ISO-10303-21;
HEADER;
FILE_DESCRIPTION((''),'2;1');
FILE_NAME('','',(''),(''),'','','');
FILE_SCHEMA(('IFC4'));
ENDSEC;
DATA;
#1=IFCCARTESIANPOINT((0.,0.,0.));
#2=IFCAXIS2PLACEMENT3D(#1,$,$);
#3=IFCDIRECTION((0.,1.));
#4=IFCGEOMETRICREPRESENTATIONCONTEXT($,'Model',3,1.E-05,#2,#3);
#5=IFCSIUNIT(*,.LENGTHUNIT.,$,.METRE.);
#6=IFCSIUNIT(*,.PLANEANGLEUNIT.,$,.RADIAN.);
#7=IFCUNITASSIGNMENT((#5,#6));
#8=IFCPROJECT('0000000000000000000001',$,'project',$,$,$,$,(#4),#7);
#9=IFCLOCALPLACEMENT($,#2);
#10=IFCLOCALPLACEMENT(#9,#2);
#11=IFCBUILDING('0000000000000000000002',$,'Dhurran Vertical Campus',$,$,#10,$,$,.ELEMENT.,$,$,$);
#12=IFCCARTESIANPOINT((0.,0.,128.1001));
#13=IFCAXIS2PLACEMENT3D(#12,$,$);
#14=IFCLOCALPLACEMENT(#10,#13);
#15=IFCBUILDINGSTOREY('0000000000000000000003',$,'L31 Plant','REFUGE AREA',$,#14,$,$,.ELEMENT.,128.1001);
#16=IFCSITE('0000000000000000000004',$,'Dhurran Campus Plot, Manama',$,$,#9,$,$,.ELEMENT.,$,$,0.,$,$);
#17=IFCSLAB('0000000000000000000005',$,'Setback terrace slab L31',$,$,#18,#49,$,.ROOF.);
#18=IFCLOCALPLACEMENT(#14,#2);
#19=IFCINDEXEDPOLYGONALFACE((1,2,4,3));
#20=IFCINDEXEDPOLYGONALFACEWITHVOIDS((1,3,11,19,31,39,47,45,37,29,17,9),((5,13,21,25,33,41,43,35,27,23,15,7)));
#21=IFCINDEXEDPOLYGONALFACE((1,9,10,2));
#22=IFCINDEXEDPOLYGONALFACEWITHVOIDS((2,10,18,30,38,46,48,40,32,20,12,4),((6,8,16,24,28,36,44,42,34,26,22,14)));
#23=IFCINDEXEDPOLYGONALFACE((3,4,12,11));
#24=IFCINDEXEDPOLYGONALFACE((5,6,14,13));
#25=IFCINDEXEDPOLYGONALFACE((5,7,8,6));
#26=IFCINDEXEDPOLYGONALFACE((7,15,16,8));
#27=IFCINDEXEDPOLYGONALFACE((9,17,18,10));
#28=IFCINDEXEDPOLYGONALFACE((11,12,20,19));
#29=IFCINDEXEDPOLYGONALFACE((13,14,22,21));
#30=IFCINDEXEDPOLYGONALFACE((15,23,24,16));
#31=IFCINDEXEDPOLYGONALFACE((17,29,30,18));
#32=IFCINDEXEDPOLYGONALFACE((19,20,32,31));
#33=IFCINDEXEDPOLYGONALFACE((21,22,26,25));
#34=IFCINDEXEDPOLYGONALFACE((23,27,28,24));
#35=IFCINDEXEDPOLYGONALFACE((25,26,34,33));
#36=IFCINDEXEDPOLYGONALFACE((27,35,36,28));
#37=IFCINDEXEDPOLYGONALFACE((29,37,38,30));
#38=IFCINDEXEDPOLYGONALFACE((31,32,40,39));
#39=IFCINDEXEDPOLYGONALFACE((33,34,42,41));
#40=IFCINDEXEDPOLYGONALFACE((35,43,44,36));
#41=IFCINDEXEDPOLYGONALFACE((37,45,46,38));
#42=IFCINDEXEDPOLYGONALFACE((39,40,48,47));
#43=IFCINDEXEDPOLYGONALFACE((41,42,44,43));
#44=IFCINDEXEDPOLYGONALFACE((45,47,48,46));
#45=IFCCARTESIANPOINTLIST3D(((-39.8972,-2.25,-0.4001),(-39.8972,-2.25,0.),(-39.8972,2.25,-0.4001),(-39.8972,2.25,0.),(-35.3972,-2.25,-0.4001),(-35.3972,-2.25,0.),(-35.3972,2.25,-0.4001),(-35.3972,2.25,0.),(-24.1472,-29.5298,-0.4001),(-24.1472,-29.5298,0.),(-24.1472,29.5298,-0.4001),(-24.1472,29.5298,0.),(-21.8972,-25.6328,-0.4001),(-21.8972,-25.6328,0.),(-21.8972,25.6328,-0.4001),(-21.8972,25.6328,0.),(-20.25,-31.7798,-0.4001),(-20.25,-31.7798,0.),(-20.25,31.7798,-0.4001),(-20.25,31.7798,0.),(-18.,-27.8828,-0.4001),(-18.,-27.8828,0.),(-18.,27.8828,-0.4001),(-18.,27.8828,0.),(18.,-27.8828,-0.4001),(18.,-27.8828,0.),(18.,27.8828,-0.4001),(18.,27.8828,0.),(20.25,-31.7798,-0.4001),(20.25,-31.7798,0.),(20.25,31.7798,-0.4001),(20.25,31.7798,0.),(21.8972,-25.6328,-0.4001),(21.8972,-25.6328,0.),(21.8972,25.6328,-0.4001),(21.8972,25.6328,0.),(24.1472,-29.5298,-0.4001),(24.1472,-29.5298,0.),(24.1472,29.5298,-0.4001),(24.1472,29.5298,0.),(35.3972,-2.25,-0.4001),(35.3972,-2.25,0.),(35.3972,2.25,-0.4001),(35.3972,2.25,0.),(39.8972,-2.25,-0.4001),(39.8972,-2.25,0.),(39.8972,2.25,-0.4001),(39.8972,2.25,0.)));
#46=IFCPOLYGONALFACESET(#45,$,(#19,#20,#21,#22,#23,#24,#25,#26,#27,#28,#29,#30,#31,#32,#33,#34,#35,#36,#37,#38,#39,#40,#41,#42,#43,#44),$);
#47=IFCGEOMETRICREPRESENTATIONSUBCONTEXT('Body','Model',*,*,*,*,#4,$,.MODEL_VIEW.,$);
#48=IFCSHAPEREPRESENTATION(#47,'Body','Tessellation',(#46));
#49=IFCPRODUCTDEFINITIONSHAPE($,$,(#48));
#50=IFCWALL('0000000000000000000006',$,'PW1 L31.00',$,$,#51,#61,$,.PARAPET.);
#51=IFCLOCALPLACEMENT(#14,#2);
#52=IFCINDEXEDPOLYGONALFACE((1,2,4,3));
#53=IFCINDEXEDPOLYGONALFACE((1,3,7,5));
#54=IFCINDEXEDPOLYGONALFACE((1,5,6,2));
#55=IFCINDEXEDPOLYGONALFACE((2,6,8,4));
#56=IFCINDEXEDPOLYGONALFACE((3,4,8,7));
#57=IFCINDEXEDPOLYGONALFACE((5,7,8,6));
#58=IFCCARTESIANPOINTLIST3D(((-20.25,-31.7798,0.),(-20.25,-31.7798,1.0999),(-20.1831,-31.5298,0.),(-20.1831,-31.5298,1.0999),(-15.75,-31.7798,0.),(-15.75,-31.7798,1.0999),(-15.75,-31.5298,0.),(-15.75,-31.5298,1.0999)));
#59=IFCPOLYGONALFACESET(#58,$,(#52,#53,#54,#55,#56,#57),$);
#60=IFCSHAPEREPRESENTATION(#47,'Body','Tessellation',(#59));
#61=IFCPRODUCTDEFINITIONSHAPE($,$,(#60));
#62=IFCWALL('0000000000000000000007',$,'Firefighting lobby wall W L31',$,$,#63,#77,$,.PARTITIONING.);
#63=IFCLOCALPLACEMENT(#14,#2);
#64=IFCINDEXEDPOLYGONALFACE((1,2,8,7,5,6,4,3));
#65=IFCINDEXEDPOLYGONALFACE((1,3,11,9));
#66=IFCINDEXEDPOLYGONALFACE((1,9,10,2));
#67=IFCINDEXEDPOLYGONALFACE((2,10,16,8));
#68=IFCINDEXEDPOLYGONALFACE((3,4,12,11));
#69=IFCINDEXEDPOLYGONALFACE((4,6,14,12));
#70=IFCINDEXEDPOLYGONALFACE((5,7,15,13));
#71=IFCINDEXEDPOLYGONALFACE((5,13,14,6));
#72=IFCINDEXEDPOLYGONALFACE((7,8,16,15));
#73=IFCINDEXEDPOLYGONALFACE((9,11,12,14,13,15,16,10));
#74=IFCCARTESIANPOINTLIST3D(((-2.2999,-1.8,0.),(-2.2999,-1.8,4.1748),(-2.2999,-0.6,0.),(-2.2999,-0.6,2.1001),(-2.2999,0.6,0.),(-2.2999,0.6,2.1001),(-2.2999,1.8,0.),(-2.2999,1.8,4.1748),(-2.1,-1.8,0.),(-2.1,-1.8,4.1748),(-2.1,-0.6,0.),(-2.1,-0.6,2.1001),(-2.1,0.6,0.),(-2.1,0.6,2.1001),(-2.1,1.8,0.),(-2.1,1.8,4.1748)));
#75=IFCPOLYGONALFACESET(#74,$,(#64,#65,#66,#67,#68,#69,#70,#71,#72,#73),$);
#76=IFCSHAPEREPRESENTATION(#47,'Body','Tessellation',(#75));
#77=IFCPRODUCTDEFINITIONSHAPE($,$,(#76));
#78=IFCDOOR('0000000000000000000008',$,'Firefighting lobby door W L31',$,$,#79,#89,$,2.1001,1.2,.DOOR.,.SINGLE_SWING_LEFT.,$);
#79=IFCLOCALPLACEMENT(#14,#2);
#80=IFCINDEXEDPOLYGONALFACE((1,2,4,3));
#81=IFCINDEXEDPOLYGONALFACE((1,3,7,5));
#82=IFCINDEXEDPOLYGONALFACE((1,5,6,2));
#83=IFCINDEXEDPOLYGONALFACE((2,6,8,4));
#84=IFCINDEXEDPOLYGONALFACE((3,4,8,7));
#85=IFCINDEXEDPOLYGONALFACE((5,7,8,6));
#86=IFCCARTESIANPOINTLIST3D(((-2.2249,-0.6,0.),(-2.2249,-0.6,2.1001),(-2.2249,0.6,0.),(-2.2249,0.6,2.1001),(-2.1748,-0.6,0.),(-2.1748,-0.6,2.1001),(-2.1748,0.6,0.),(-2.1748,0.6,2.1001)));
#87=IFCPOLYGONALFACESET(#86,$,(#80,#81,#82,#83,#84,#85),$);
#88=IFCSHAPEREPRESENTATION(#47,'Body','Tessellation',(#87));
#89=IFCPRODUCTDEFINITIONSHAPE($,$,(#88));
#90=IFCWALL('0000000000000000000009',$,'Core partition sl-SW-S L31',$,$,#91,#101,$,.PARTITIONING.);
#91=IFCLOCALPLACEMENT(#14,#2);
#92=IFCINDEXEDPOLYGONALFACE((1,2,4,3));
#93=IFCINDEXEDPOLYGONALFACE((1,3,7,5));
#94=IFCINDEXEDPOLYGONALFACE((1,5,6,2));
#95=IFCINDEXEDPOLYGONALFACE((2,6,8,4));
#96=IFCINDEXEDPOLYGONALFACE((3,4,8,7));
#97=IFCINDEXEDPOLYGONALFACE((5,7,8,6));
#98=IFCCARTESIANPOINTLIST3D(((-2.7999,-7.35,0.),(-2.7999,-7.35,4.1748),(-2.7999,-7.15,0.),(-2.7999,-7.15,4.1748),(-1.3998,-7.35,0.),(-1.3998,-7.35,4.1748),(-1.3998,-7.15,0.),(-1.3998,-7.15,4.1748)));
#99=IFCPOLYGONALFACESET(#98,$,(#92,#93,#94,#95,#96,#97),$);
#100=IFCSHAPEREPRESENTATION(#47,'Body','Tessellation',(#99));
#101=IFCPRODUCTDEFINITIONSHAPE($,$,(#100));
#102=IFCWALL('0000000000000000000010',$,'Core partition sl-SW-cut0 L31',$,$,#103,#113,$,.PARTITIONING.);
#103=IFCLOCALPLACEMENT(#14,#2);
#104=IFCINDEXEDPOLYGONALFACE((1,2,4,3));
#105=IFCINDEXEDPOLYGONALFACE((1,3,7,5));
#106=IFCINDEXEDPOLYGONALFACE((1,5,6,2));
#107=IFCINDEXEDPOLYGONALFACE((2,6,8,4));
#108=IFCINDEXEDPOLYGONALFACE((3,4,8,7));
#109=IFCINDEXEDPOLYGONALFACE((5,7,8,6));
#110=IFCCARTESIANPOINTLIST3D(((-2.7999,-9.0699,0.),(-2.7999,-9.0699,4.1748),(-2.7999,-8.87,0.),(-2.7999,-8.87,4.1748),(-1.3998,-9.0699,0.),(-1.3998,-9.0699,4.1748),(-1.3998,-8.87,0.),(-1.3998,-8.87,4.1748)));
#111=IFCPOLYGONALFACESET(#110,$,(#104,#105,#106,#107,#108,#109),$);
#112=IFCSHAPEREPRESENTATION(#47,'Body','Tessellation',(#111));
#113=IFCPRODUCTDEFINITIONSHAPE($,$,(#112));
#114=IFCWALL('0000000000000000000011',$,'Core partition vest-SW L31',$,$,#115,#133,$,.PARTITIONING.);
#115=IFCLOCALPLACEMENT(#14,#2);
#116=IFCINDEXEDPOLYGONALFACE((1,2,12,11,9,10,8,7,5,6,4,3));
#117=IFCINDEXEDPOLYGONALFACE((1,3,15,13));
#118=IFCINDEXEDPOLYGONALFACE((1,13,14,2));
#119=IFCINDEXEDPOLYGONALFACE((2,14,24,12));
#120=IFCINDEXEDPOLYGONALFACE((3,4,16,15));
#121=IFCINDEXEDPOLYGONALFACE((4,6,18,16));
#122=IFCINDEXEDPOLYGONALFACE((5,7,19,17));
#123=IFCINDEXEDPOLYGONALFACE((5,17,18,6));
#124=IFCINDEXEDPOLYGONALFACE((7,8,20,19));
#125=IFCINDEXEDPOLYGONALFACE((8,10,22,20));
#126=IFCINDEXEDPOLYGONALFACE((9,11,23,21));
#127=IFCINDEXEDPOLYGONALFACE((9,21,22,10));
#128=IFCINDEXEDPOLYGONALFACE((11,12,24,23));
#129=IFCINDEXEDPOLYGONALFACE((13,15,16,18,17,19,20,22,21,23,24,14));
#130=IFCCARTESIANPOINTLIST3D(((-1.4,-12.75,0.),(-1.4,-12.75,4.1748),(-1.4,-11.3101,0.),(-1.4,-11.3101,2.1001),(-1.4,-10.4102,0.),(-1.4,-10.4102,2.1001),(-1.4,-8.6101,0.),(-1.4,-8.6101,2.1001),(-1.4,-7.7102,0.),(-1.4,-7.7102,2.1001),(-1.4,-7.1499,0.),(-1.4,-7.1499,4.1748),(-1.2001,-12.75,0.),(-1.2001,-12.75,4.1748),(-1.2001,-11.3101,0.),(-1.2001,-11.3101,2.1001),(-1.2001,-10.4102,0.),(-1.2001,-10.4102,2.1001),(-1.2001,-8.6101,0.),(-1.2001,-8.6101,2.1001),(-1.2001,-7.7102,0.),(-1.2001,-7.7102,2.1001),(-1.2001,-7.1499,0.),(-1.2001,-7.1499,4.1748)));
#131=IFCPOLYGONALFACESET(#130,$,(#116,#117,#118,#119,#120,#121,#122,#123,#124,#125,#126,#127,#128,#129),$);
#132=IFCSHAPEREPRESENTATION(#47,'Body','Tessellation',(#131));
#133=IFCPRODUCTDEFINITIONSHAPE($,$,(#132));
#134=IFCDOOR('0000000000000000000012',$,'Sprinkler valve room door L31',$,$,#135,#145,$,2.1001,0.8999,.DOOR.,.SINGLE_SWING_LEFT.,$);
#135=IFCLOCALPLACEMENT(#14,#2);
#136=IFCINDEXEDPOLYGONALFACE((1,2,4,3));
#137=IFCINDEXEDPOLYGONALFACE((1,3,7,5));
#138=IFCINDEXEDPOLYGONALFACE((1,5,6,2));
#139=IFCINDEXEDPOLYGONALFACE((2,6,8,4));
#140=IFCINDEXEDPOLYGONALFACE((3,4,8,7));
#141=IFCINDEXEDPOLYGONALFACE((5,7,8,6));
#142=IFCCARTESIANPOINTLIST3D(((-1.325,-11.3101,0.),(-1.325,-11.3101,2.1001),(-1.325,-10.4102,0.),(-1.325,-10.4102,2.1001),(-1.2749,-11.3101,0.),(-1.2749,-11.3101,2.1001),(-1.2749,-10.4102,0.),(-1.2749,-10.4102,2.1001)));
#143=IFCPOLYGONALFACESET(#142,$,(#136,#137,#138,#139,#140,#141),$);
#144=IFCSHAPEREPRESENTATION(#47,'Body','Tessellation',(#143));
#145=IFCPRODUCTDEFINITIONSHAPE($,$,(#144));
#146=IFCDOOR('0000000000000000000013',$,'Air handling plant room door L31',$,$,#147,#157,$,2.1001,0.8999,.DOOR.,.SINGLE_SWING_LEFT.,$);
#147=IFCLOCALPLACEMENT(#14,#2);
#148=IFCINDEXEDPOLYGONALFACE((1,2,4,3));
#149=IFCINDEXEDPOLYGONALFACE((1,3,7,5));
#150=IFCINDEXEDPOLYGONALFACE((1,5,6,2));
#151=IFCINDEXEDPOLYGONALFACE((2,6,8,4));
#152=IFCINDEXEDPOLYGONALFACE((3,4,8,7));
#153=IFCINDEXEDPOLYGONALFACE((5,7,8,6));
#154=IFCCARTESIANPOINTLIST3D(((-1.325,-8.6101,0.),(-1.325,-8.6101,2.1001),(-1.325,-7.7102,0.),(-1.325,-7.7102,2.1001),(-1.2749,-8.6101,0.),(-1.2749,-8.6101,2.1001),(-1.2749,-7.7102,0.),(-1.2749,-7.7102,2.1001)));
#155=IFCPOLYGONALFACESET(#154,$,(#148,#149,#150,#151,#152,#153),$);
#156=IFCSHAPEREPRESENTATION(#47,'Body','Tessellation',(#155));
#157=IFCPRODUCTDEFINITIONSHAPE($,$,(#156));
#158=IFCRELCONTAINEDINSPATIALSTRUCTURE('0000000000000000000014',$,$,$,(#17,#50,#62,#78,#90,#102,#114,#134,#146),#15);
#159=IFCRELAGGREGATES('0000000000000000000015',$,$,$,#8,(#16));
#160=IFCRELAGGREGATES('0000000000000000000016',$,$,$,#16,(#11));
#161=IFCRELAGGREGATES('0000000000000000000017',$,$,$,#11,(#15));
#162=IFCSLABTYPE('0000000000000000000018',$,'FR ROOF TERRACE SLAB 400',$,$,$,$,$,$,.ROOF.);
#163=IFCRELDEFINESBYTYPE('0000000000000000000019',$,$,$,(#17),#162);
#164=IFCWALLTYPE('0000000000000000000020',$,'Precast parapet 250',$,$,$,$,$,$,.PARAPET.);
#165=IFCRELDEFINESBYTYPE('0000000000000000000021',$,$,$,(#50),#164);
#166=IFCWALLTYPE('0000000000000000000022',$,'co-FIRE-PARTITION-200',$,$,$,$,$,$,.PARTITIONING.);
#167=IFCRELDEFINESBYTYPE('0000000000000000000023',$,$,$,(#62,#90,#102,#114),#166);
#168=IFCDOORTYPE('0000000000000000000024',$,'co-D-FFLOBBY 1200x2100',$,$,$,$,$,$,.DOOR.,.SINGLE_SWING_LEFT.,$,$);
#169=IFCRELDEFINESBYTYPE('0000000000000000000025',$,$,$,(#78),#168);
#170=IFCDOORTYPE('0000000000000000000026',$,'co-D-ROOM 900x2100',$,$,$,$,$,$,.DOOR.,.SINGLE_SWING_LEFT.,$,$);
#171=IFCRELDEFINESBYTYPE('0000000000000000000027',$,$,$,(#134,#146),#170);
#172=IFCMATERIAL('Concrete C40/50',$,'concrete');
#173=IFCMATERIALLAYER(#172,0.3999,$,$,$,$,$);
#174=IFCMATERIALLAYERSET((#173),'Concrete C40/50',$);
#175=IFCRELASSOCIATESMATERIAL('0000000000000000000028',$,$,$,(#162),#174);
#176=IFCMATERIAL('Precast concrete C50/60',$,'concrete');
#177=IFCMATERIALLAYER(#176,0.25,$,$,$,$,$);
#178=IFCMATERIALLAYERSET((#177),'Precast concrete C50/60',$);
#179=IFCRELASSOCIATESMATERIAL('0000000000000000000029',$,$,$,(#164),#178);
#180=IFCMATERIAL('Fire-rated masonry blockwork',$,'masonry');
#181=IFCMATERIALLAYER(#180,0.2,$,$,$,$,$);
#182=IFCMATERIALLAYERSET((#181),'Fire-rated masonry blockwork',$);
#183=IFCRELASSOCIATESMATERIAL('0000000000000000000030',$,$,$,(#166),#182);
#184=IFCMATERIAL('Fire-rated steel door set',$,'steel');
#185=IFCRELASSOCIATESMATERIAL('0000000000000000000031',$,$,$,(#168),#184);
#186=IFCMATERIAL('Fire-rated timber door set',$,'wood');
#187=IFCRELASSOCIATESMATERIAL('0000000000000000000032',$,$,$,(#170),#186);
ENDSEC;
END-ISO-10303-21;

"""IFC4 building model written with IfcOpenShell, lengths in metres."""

from ifc_helpers import new_model, si_unit, direction, frame, frame_2d, origin, place, context, subcontext, project, spatial, polyline, rectangle, outline, extrude, material, layer, layer_set, type_object, element, fill, save


model = new_model("IFC4")

# Units and contexts
model_context = context("Model", 3, precision=1e-05, world=origin(), true_north=direction((0.0, 1.0)))
body_context = subcontext(model_context, "Body", "Model", "MODEL_VIEW")
ifc_project = project(units=[si_unit("LENGTHUNIT", "METRE"), si_unit("PLANEANGLEUNIT", "RADIAN")], contexts=[model_context])

# Site, building, storey
site_placement = place(None, origin())
site = spatial("IfcSite", under=ifc_project, at=site_placement, Name="Dhurran Campus Plot, Manama", CompositionType="ELEMENT", RefElevation=0.0)
building_placement = place(site_placement, origin())
building = spatial("IfcBuilding", under=site, at=building_placement, Name="Dhurran Vertical Campus", CompositionType="ELEMENT")
storey_placement = place(building_placement, frame((0.0, 0.0, 128.1001)))
storey = spatial("IfcBuildingStorey", under=building, at=storey_placement, Name="L31 Plant", Description="REFUGE AREA", CompositionType="ELEMENT", Elevation=128.1001)

# Slab
ifc_material_1 = material(Name="Concrete C40/50", Category="concrete")
ifc_layer_1 = layer(ifc_material_1, 0.3999)
ifc_layer_set_1 = layer_set([ifc_layer_1], Name="Concrete C40/50")
slab_type_1 = type_object("IfcSlabType", Name="FR ROOF TERRACE SLAB 400", PredefinedType="ROOF", material=ifc_layer_set_1)
slab_1_placement = place(storey_placement, frame((0.0, 0.0, -0.4001)))
element("IfcSlab", 1, at=slab_1_placement, inside=storey, type_object=slab_type_1, Name="Setback terrace slab L31", PredefinedType="ROOF", context=body_context, shape_type="SweptSolid", body=[
    extrude(outline(polyline([(-20.25, -31.7798), (20.25, -31.7798), (24.1472, -29.5298), (39.8972, -2.25), (39.8972, 2.25), (24.1472, 29.5298), (20.25, 31.7798), (-20.25, 31.7798), (-24.1472, 29.5298), (-39.8972, 2.25), (-39.8972, -2.25), (-24.1472, -29.5298), (-20.25, -31.7798)]), holes=[polyline([(-18.0, -27.8828), (18.0, -27.8828), (21.8972, -25.6328), (35.3972, -2.25), (35.3972, 2.25), (21.8972, 25.6328), (18.0, 27.8828), (-18.0, 27.8828), (-21.8972, 25.6328), (-35.3972, 2.25), (-35.3972, -2.25), (-21.8972, -25.6328), (-18.0, -27.8828)])]), origin(), (0.0, 0.0, 1.0), 0.4001),
])

# Wall
ifc_material_2 = material(Name="Precast concrete C50/60", Category="concrete")
ifc_layer_2 = layer(ifc_material_2, 0.25)
ifc_layer_set_2 = layer_set([ifc_layer_2], Name="Precast concrete C50/60")
wall_type_1 = type_object("IfcWallType", Name="Precast parapet 250", PredefinedType="PARAPET", material=ifc_layer_set_2)
wall_1_placement = place(storey_placement, origin())
element("IfcWall", 2, at=wall_1_placement, inside=storey, type_object=wall_type_1, Name="PW1 L31.00", PredefinedType="PARAPET", context=body_context, shape_type="SweptSolid", body=[
    extrude(outline(polyline([(-20.25, -31.7798), (-15.75, -31.7798), (-15.75, -31.5298), (-20.1831, -31.5298), (-20.25, -31.7798)])), origin(), (0.0, 0.0, 1.0), 1.0999),
])

# Wall, opening, door
ifc_material_3 = material(Name="Fire-rated masonry blockwork", Category="masonry")
ifc_layer_3 = layer(ifc_material_3, 0.2)
ifc_layer_set_3 = layer_set([ifc_layer_3], Name="Fire-rated masonry blockwork")
wall_type_2 = type_object("IfcWallType", Name="co-FIRE-PARTITION-200", PredefinedType="PARTITIONING", material=ifc_layer_set_3)
wall_2_placement = place(storey_placement, frame((-2.2, -1.8, 0.0), z_axis=(0.0, 0.0, 1.0), x_axis=(0.0, 1.0, 0.0)))
wall_2 = element("IfcWall", 3, at=wall_2_placement, inside=storey, type_object=wall_type_2, Name="Firefighting lobby wall W L31", PredefinedType="PARTITIONING", context=body_context, shape_type="SweptSolid", body=[
    extrude(rectangle(XDim=3.6001, YDim=0.2, at=frame_2d((1.8, 0.0))), origin(), (0.0, 0.0, 1.0), 4.1748),
])
opening_1_placement = place(wall_2_placement, frame((1.2, 0.0, 0.0)))
opening_1 = element("IfcOpeningElement", 4, at=opening_1_placement, cuts=wall_2, PredefinedType="OPENING", context=body_context, shape_type="SweptSolid", body=[
    extrude(rectangle(XDim=1.2, YDim=2.1001, at=frame_2d((0.6001, 1.05))), frame((0.0, 0.1099, 0.0), z_axis=(0.0, -1.0, 0.0), x_axis=(1.0, 0.0, 0.0)), (0.0, 0.0, 1.0), 0.22),
])
ifc_material_4 = material(Name="Fire-rated steel door set", Category="steel")
door_type_1 = type_object("IfcDoorType", Name="co-D-FFLOBBY 1200x2100", OperationType="SINGLE_SWING_LEFT", PredefinedType="DOOR", material=ifc_material_4)
door_1_placement = place(opening_1_placement, origin())
door_1 = element("IfcDoor", 5, at=door_1_placement, inside=storey, type_object=door_type_1, Name="Firefighting lobby door W L31", OperationType="SINGLE_SWING_LEFT", OverallHeight=2.1001, OverallWidth=1.2, PredefinedType="DOOR", context=body_context, shape_type="SweptSolid", body=[
    extrude(rectangle(XDim=1.2, YDim=2.1001, at=frame_2d((0.6001, 1.05))), frame((0.0, 0.0249, 0.0), z_axis=(0.0, -1.0, 0.0), x_axis=(1.0, 0.0, 0.0)), (0.0, 0.0, 1.0), 0.05),
])
fill(opening_1, door_1)

# Walls
for number, where, z_axis, x_axis, name in (
    (6, (-2.8, -7.25, 0.0), (0.0, 0.0, 1.0), (1.0, 0.0, 0.0), "Core partition sl-SW-S L31"),
    (7, (-2.8, -8.97, 0.0), (0.0, 0.0, 1.0), (1.0, 0.0, 0.0), "Core partition sl-SW-cut0 L31"),
):
    element("IfcWall", number, at=place(storey_placement, frame(where, z_axis=z_axis, x_axis=x_axis)), inside=storey, type_object=wall_type_2, Name=name, PredefinedType="PARTITIONING", context=body_context, shape_type="SweptSolid", body=[
        extrude(rectangle(XDim=1.4001, YDim=0.2, at=frame_2d((0.7002, 0.0))), origin(), (0.0, 0.0, 1.0), 4.1748),
    ])

# Wall, openings, doors
wall_3_placement = place(storey_placement, frame((-1.3, -12.75, 0.0), z_axis=(0.0, 0.0, 1.0), x_axis=(0.0, 1.0, 0.0)))
wall_3 = element("IfcWall", 8, at=wall_3_placement, inside=storey, type_object=wall_type_2, Name="Core partition vest-SW L31", PredefinedType="PARTITIONING", context=body_context, shape_type="SweptSolid", body=[
    extrude(rectangle(XDim=5.6001, YDim=0.2, at=frame_2d((2.8, 0.0))), origin(), (0.0, 0.0, 1.0), 4.1748),
])
opening_2_placement = place(wall_3_placement, frame((1.4399, 0.0, 0.0)))
opening_2 = element("IfcOpeningElement", 9, at=opening_2_placement, cuts=wall_3, PredefinedType="OPENING", context=body_context, shape_type="SweptSolid", body=[
    extrude(rectangle(XDim=0.8999, YDim=2.1001, at=frame_2d((0.45, 1.05))), frame((0.0, 0.1099, 0.0), z_axis=(0.0, -1.0, 0.0), x_axis=(1.0, 0.0, 0.0)), (0.0, 0.0, 1.0), 0.22),
])
opening_3_placement = place(wall_3_placement, frame((4.1399, 0.0, 0.0)))
opening_3 = element("IfcOpeningElement", 10, at=opening_3_placement, cuts=wall_3, PredefinedType="OPENING", context=body_context, shape_type="SweptSolid", body=[
    extrude(rectangle(XDim=0.8999, YDim=2.1001, at=frame_2d((0.45, 1.05))), frame((0.0, 0.1099, 0.0), z_axis=(0.0, -1.0, 0.0), x_axis=(1.0, 0.0, 0.0)), (0.0, 0.0, 1.0), 0.22),
])
ifc_material_5 = material(Name="Fire-rated timber door set", Category="wood")
door_type_2 = type_object("IfcDoorType", Name="co-D-ROOM 900x2100", OperationType="SINGLE_SWING_LEFT", PredefinedType="DOOR", material=ifc_material_5)
door_2_placement = place(opening_2_placement, origin())
door_2 = element("IfcDoor", 11, at=door_2_placement, inside=storey, type_object=door_type_2, Name="Sprinkler valve room door L31", OperationType="SINGLE_SWING_LEFT", OverallHeight=2.1001, OverallWidth=0.8999, PredefinedType="DOOR", context=body_context, shape_type="SweptSolid", body=[
    extrude(rectangle(XDim=0.8999, YDim=2.1001, at=frame_2d((0.45, 1.05))), frame((0.0, 0.0249, 0.0), z_axis=(0.0, -1.0, 0.0), x_axis=(1.0, 0.0, 0.0)), (0.0, 0.0, 1.0), 0.05),
])
fill(opening_2, door_2)
door_3_placement = place(opening_3_placement, origin())
door_3 = element("IfcDoor", 12, at=door_3_placement, inside=storey, type_object=door_type_2, Name="Air handling plant room door L31", OperationType="SINGLE_SWING_LEFT", OverallHeight=2.1001, OverallWidth=0.8999, PredefinedType="DOOR", context=body_context, shape_type="SweptSolid", body=[
    extrude(rectangle(XDim=0.8999, YDim=2.1001, at=frame_2d((0.45, 1.05))), frame((0.0, 0.0249, 0.0), z_axis=(0.0, -1.0, 0.0), x_axis=(1.0, 0.0, 0.0)), (0.0, 0.0, 1.0), 0.05),
])
fill(opening_3, door_3)

save(model, "model.ifc")
